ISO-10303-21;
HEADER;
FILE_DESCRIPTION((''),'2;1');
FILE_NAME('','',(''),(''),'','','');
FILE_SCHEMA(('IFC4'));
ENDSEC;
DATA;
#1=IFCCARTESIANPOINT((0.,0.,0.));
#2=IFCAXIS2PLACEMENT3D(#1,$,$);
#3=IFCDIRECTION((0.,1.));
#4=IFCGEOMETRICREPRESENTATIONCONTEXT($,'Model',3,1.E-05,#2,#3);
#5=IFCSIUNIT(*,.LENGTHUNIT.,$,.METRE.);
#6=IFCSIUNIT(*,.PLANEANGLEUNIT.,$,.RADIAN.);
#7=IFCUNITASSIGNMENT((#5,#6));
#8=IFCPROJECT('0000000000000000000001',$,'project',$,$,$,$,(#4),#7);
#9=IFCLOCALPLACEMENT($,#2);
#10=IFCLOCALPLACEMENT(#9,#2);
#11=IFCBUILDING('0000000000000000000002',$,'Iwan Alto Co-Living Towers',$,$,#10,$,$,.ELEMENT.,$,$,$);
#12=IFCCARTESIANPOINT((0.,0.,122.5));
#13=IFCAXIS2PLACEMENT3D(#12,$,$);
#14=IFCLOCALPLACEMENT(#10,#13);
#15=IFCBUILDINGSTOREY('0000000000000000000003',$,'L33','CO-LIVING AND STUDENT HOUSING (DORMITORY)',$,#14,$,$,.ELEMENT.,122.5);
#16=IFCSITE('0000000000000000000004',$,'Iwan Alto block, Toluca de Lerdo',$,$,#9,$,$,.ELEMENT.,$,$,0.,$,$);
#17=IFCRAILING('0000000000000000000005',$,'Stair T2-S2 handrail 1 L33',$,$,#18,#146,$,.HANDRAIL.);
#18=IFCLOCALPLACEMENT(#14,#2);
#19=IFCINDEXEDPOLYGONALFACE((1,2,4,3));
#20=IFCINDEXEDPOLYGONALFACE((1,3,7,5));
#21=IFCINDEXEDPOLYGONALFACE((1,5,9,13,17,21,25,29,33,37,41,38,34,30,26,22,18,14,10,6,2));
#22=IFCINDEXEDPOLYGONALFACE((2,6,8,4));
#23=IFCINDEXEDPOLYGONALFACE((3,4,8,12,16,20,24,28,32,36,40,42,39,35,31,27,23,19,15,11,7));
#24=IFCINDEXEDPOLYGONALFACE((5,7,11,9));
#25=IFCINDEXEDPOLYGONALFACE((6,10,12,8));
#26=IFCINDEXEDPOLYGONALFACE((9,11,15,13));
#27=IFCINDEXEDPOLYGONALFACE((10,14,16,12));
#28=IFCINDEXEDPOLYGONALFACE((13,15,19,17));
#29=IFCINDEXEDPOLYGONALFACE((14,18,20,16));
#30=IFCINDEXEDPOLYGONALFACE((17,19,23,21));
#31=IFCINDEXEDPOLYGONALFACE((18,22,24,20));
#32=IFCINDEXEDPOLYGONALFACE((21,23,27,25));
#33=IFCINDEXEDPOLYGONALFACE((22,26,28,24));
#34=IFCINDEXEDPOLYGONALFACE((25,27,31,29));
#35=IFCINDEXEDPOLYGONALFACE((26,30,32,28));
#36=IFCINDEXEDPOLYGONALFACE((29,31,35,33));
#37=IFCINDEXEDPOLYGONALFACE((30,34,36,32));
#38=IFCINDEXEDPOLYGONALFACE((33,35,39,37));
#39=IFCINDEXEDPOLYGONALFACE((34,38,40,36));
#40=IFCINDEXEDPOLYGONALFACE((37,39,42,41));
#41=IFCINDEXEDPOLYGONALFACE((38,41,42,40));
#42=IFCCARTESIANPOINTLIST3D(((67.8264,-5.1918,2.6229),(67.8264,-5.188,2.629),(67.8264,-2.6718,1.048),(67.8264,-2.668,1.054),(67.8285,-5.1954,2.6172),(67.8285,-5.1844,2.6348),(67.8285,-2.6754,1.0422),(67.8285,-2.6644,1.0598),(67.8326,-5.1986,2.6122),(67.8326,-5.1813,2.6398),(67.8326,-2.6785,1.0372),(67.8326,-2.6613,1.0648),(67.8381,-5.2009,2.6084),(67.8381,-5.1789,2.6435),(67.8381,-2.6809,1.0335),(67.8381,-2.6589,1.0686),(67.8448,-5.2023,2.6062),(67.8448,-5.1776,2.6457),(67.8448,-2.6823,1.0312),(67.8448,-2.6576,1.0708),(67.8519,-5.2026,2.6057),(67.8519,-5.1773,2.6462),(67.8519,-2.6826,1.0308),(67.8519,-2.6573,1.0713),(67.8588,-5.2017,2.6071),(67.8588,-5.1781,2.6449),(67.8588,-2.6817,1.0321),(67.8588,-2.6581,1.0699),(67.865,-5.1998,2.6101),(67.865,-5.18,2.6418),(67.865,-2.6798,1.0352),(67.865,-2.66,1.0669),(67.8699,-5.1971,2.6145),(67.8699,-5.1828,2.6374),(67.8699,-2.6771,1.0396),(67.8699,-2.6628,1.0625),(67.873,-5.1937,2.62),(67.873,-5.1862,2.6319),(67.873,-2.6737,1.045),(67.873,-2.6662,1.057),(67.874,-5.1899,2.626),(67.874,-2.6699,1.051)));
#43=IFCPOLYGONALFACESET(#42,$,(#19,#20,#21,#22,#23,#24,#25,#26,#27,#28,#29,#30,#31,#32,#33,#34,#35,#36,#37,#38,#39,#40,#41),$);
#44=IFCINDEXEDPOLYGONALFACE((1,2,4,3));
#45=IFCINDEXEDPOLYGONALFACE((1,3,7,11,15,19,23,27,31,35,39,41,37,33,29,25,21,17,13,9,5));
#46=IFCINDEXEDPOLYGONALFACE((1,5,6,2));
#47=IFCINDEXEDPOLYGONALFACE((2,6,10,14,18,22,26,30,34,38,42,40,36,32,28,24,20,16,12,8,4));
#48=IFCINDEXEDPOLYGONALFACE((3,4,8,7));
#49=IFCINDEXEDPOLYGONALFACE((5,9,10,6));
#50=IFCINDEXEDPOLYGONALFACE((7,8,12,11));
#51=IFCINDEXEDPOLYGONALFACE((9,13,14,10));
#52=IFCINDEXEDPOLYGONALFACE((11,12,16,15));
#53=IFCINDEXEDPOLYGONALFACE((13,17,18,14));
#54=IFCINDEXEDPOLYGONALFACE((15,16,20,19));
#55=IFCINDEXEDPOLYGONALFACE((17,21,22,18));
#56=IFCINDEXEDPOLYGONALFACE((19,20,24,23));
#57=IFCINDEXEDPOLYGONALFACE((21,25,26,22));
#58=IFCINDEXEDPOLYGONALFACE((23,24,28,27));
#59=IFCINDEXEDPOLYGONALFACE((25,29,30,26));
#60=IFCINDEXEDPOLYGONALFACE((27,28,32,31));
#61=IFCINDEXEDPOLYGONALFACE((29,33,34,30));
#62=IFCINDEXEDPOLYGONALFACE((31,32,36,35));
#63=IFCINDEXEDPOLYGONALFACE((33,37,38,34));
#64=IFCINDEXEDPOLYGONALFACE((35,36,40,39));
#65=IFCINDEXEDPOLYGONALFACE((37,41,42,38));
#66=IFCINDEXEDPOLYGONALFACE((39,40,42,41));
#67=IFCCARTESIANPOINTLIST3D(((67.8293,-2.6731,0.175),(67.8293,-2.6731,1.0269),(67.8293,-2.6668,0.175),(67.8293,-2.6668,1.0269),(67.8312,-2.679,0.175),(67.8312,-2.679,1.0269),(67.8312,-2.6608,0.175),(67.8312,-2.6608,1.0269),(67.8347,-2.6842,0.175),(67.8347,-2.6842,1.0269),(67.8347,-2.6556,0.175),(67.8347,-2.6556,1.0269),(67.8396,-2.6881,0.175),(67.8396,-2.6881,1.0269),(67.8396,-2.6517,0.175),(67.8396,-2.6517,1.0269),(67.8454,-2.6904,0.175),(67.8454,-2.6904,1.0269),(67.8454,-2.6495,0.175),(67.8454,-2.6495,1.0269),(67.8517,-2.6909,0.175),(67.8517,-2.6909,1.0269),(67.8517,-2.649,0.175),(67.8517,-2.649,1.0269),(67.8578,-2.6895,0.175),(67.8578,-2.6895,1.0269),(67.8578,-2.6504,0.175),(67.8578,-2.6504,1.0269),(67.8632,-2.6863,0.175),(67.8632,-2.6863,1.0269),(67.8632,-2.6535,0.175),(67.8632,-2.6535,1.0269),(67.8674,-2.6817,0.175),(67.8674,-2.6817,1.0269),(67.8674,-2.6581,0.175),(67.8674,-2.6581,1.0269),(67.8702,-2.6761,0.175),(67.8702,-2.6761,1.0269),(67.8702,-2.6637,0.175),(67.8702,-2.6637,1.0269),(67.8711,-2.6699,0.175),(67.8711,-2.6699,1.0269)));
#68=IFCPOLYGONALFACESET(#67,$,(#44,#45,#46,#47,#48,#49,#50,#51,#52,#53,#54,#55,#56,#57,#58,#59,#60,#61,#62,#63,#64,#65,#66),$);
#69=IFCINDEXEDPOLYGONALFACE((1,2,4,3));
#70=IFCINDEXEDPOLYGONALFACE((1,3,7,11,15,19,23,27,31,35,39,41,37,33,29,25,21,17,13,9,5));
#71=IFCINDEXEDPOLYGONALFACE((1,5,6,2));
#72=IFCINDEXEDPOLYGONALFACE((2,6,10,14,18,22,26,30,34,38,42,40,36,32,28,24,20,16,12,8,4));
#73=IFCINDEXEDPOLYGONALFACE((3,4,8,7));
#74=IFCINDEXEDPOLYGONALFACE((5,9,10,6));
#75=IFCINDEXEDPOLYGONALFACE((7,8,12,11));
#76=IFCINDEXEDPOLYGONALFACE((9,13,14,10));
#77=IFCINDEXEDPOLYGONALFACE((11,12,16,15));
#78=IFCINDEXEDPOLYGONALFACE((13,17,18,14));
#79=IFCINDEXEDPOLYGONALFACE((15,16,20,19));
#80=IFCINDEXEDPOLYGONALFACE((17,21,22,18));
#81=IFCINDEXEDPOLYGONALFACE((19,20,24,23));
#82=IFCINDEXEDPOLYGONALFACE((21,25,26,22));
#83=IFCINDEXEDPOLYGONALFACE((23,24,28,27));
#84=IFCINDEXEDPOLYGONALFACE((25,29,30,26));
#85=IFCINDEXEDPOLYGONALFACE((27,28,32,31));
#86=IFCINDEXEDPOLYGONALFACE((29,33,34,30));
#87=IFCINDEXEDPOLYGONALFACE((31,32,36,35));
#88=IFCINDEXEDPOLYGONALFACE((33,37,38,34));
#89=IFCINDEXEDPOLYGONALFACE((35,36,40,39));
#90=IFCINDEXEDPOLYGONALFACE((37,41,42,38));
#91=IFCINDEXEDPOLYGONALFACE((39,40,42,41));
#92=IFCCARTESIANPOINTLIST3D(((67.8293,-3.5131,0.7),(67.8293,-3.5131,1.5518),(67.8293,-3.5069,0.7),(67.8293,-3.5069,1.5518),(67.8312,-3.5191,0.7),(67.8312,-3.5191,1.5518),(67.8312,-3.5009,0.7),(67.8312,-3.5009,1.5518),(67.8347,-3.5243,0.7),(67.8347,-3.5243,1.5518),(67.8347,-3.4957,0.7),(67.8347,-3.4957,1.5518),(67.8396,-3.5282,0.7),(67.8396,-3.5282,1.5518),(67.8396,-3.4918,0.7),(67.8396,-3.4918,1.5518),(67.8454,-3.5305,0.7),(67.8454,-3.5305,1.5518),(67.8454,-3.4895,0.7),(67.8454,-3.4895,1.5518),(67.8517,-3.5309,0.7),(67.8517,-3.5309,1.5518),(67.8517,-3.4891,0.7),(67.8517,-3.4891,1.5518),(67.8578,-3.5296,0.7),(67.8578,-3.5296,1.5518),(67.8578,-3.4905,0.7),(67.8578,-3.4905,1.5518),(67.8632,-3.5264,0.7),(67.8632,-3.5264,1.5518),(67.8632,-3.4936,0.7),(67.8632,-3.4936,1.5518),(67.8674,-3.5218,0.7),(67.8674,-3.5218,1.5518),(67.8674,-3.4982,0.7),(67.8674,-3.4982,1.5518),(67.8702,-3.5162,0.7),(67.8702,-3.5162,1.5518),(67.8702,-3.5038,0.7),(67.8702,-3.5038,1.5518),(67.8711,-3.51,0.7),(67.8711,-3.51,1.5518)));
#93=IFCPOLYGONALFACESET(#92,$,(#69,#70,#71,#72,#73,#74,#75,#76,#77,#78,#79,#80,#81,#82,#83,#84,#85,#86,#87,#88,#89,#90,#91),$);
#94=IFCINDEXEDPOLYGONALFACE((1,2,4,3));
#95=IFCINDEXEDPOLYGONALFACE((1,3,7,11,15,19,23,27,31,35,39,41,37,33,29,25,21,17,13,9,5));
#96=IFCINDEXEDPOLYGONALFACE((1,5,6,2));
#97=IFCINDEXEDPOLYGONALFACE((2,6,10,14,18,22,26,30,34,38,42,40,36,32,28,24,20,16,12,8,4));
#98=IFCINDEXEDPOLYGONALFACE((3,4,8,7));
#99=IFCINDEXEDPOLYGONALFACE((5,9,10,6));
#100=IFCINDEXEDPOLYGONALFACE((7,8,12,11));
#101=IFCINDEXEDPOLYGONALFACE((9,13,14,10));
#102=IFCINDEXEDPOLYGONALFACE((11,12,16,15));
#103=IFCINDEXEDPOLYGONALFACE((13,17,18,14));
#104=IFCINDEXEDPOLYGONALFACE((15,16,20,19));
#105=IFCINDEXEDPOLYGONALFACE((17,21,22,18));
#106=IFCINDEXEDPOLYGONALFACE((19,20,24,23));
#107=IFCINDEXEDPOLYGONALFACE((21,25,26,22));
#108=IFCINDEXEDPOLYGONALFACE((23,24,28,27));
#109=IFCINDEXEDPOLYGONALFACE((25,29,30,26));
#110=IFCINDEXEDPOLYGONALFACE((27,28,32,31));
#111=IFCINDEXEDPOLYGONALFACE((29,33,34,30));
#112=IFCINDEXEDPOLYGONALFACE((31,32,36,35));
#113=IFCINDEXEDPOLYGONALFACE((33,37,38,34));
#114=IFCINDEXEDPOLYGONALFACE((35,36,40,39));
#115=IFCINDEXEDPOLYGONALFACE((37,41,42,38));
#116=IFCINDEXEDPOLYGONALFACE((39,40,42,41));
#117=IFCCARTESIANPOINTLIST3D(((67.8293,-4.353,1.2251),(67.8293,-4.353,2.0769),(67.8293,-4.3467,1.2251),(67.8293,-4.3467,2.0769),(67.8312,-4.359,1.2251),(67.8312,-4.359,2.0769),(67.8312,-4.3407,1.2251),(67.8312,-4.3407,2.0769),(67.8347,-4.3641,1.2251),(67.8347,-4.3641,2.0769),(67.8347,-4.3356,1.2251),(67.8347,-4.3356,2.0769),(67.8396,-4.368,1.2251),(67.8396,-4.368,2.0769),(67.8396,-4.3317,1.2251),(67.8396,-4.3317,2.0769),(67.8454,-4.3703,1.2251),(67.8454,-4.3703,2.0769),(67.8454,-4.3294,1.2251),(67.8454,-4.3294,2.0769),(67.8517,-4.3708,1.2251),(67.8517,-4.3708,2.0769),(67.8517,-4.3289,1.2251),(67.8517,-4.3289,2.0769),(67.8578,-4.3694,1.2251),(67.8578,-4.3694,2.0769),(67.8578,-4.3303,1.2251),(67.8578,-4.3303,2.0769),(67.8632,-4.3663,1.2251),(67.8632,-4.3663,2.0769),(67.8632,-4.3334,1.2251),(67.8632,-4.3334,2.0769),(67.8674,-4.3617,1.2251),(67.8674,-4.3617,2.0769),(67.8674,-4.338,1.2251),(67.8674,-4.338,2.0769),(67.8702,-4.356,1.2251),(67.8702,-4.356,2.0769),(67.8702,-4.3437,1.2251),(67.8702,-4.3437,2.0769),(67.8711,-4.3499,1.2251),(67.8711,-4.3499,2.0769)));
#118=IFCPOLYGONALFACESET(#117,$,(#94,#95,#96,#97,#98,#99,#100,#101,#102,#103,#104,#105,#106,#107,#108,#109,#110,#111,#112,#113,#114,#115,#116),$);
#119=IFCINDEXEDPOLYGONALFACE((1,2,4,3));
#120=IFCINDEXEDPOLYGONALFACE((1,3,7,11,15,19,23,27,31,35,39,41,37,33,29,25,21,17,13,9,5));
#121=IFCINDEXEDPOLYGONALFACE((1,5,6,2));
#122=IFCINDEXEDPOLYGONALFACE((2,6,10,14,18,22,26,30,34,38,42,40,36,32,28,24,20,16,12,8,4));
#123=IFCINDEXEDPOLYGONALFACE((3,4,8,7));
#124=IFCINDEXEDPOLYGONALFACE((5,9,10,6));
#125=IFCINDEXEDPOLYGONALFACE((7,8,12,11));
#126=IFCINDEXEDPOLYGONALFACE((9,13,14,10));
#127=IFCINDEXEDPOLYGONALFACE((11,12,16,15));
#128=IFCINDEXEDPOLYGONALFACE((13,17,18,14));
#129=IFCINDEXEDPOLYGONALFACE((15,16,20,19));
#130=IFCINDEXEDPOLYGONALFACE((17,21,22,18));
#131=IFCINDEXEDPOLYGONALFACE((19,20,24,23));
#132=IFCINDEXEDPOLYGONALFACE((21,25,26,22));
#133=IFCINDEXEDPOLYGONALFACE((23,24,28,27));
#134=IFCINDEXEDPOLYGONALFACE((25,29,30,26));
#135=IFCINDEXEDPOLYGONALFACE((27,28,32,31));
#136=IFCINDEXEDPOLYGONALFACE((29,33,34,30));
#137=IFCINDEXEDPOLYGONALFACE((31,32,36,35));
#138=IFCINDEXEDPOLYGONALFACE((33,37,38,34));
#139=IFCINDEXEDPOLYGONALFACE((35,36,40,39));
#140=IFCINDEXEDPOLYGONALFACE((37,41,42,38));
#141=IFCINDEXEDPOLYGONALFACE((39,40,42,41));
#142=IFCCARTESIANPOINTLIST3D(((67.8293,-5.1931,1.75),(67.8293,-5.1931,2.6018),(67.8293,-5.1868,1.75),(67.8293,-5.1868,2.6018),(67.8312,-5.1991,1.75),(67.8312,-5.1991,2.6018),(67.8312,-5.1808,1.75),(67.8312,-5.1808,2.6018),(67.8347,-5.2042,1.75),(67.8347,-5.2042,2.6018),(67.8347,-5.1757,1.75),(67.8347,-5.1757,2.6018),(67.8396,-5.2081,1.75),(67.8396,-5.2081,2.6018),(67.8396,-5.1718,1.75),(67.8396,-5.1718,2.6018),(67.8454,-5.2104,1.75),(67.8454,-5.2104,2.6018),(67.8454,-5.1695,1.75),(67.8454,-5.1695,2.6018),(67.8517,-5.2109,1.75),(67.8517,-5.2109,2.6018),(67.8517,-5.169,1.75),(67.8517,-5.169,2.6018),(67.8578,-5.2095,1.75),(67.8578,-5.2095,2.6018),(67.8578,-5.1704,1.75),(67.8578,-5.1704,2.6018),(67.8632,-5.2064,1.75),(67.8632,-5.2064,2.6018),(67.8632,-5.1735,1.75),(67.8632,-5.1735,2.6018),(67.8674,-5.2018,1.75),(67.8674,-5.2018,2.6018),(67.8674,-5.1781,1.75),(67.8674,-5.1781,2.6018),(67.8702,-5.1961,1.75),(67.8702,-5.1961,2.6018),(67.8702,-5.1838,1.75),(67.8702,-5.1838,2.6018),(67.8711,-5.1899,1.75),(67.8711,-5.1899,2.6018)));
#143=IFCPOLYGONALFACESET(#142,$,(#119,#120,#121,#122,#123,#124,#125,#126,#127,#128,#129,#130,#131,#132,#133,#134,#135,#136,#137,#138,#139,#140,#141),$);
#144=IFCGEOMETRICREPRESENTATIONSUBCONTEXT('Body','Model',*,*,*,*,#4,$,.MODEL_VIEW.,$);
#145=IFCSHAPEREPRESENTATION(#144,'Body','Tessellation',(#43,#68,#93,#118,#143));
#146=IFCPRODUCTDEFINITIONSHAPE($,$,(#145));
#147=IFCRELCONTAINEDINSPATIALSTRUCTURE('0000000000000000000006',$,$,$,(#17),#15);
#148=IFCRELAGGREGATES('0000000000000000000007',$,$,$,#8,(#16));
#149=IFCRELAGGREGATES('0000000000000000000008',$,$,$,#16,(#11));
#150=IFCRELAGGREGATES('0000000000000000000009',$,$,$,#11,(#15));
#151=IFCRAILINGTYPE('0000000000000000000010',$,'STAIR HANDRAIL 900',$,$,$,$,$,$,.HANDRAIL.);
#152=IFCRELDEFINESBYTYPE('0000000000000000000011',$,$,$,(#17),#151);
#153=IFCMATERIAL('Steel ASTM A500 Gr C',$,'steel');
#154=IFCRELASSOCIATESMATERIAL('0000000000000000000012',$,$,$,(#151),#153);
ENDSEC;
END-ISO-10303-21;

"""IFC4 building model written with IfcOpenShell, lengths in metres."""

from ifc_helpers import new_model, si_unit, direction, frame, origin, origin_2d, place, context, subcontext, project, spatial, circle, extrude, material, type_object, element, save


model = new_model("IFC4")

# Units and contexts
model_context = context("Model", 3, precision=1e-05, world=origin(), true_north=direction((0.0, 1.0)))
body_context = subcontext(model_context, "Body", "Model", "MODEL_VIEW")
ifc_project = project(units=[si_unit("LENGTHUNIT", "METRE"), si_unit("PLANEANGLEUNIT", "RADIAN")], contexts=[model_context])

# Site, building, storey
site_placement = place(None, origin())
site = spatial("IfcSite", under=ifc_project, at=site_placement, Name="Iwan Alto block, Toluca de Lerdo", CompositionType="ELEMENT", RefElevation=0.0)
building_placement = place(site_placement, origin())
building = spatial("IfcBuilding", under=site, at=building_placement, Name="Iwan Alto Co-Living Towers", CompositionType="ELEMENT")
storey_placement = place(building_placement, frame((0.0, 0.0, 122.5)))
storey = spatial("IfcBuildingStorey", under=building, at=storey_placement, Name="L33", Description="CO-LIVING AND STUDENT HOUSING (DORMITORY)", CompositionType="ELEMENT", Elevation=122.5)

# Railing
ifc_material_1 = material(Name="Steel ASTM A500 Gr C", Category="steel")
railing_type_1 = type_object("IfcRailingType", Name="STAIR HANDRAIL 900", PredefinedType="HANDRAIL", material=ifc_material_1)
railing_1_placement = place(storey_placement, frame((67.8501, -2.6699, 0.175)))
element("IfcRailing", 1, at=railing_1_placement, inside=storey, type_object=railing_type_1, Name="Stair T2-S2 handrail 1 L33", PredefinedType="HANDRAIL", context=body_context, shape_type="SweptSolid", body=[
    extrude(circle(Radius=0.0239, at=origin_2d()), frame((0.0, 0.0, 0.876), z_axis=(0.0, -0.848008, 0.529984), x_axis=(1.0, 0.0, 0.0)), (0.0, 0.0, 1.0), 2.9717),
    extrude(circle(Radius=0.021, at=origin_2d()), origin(), (0.0, 0.0, 1.0), 0.8518),
    extrude(circle(Radius=0.021, at=origin_2d()), frame((0.0, -0.8401, 0.5249)), (0.0, 0.0, 1.0), 0.8518),
    extrude(circle(Radius=0.021, at=origin_2d()), frame((0.0, -1.6799, 1.05)), (0.0, 0.0, 1.0), 0.8518),
    extrude(circle(Radius=0.021, at=origin_2d()), frame((0.0, -2.52, 1.575)), (0.0, 0.0, 1.0), 0.8518),
])

save(model, "model.ifc")
